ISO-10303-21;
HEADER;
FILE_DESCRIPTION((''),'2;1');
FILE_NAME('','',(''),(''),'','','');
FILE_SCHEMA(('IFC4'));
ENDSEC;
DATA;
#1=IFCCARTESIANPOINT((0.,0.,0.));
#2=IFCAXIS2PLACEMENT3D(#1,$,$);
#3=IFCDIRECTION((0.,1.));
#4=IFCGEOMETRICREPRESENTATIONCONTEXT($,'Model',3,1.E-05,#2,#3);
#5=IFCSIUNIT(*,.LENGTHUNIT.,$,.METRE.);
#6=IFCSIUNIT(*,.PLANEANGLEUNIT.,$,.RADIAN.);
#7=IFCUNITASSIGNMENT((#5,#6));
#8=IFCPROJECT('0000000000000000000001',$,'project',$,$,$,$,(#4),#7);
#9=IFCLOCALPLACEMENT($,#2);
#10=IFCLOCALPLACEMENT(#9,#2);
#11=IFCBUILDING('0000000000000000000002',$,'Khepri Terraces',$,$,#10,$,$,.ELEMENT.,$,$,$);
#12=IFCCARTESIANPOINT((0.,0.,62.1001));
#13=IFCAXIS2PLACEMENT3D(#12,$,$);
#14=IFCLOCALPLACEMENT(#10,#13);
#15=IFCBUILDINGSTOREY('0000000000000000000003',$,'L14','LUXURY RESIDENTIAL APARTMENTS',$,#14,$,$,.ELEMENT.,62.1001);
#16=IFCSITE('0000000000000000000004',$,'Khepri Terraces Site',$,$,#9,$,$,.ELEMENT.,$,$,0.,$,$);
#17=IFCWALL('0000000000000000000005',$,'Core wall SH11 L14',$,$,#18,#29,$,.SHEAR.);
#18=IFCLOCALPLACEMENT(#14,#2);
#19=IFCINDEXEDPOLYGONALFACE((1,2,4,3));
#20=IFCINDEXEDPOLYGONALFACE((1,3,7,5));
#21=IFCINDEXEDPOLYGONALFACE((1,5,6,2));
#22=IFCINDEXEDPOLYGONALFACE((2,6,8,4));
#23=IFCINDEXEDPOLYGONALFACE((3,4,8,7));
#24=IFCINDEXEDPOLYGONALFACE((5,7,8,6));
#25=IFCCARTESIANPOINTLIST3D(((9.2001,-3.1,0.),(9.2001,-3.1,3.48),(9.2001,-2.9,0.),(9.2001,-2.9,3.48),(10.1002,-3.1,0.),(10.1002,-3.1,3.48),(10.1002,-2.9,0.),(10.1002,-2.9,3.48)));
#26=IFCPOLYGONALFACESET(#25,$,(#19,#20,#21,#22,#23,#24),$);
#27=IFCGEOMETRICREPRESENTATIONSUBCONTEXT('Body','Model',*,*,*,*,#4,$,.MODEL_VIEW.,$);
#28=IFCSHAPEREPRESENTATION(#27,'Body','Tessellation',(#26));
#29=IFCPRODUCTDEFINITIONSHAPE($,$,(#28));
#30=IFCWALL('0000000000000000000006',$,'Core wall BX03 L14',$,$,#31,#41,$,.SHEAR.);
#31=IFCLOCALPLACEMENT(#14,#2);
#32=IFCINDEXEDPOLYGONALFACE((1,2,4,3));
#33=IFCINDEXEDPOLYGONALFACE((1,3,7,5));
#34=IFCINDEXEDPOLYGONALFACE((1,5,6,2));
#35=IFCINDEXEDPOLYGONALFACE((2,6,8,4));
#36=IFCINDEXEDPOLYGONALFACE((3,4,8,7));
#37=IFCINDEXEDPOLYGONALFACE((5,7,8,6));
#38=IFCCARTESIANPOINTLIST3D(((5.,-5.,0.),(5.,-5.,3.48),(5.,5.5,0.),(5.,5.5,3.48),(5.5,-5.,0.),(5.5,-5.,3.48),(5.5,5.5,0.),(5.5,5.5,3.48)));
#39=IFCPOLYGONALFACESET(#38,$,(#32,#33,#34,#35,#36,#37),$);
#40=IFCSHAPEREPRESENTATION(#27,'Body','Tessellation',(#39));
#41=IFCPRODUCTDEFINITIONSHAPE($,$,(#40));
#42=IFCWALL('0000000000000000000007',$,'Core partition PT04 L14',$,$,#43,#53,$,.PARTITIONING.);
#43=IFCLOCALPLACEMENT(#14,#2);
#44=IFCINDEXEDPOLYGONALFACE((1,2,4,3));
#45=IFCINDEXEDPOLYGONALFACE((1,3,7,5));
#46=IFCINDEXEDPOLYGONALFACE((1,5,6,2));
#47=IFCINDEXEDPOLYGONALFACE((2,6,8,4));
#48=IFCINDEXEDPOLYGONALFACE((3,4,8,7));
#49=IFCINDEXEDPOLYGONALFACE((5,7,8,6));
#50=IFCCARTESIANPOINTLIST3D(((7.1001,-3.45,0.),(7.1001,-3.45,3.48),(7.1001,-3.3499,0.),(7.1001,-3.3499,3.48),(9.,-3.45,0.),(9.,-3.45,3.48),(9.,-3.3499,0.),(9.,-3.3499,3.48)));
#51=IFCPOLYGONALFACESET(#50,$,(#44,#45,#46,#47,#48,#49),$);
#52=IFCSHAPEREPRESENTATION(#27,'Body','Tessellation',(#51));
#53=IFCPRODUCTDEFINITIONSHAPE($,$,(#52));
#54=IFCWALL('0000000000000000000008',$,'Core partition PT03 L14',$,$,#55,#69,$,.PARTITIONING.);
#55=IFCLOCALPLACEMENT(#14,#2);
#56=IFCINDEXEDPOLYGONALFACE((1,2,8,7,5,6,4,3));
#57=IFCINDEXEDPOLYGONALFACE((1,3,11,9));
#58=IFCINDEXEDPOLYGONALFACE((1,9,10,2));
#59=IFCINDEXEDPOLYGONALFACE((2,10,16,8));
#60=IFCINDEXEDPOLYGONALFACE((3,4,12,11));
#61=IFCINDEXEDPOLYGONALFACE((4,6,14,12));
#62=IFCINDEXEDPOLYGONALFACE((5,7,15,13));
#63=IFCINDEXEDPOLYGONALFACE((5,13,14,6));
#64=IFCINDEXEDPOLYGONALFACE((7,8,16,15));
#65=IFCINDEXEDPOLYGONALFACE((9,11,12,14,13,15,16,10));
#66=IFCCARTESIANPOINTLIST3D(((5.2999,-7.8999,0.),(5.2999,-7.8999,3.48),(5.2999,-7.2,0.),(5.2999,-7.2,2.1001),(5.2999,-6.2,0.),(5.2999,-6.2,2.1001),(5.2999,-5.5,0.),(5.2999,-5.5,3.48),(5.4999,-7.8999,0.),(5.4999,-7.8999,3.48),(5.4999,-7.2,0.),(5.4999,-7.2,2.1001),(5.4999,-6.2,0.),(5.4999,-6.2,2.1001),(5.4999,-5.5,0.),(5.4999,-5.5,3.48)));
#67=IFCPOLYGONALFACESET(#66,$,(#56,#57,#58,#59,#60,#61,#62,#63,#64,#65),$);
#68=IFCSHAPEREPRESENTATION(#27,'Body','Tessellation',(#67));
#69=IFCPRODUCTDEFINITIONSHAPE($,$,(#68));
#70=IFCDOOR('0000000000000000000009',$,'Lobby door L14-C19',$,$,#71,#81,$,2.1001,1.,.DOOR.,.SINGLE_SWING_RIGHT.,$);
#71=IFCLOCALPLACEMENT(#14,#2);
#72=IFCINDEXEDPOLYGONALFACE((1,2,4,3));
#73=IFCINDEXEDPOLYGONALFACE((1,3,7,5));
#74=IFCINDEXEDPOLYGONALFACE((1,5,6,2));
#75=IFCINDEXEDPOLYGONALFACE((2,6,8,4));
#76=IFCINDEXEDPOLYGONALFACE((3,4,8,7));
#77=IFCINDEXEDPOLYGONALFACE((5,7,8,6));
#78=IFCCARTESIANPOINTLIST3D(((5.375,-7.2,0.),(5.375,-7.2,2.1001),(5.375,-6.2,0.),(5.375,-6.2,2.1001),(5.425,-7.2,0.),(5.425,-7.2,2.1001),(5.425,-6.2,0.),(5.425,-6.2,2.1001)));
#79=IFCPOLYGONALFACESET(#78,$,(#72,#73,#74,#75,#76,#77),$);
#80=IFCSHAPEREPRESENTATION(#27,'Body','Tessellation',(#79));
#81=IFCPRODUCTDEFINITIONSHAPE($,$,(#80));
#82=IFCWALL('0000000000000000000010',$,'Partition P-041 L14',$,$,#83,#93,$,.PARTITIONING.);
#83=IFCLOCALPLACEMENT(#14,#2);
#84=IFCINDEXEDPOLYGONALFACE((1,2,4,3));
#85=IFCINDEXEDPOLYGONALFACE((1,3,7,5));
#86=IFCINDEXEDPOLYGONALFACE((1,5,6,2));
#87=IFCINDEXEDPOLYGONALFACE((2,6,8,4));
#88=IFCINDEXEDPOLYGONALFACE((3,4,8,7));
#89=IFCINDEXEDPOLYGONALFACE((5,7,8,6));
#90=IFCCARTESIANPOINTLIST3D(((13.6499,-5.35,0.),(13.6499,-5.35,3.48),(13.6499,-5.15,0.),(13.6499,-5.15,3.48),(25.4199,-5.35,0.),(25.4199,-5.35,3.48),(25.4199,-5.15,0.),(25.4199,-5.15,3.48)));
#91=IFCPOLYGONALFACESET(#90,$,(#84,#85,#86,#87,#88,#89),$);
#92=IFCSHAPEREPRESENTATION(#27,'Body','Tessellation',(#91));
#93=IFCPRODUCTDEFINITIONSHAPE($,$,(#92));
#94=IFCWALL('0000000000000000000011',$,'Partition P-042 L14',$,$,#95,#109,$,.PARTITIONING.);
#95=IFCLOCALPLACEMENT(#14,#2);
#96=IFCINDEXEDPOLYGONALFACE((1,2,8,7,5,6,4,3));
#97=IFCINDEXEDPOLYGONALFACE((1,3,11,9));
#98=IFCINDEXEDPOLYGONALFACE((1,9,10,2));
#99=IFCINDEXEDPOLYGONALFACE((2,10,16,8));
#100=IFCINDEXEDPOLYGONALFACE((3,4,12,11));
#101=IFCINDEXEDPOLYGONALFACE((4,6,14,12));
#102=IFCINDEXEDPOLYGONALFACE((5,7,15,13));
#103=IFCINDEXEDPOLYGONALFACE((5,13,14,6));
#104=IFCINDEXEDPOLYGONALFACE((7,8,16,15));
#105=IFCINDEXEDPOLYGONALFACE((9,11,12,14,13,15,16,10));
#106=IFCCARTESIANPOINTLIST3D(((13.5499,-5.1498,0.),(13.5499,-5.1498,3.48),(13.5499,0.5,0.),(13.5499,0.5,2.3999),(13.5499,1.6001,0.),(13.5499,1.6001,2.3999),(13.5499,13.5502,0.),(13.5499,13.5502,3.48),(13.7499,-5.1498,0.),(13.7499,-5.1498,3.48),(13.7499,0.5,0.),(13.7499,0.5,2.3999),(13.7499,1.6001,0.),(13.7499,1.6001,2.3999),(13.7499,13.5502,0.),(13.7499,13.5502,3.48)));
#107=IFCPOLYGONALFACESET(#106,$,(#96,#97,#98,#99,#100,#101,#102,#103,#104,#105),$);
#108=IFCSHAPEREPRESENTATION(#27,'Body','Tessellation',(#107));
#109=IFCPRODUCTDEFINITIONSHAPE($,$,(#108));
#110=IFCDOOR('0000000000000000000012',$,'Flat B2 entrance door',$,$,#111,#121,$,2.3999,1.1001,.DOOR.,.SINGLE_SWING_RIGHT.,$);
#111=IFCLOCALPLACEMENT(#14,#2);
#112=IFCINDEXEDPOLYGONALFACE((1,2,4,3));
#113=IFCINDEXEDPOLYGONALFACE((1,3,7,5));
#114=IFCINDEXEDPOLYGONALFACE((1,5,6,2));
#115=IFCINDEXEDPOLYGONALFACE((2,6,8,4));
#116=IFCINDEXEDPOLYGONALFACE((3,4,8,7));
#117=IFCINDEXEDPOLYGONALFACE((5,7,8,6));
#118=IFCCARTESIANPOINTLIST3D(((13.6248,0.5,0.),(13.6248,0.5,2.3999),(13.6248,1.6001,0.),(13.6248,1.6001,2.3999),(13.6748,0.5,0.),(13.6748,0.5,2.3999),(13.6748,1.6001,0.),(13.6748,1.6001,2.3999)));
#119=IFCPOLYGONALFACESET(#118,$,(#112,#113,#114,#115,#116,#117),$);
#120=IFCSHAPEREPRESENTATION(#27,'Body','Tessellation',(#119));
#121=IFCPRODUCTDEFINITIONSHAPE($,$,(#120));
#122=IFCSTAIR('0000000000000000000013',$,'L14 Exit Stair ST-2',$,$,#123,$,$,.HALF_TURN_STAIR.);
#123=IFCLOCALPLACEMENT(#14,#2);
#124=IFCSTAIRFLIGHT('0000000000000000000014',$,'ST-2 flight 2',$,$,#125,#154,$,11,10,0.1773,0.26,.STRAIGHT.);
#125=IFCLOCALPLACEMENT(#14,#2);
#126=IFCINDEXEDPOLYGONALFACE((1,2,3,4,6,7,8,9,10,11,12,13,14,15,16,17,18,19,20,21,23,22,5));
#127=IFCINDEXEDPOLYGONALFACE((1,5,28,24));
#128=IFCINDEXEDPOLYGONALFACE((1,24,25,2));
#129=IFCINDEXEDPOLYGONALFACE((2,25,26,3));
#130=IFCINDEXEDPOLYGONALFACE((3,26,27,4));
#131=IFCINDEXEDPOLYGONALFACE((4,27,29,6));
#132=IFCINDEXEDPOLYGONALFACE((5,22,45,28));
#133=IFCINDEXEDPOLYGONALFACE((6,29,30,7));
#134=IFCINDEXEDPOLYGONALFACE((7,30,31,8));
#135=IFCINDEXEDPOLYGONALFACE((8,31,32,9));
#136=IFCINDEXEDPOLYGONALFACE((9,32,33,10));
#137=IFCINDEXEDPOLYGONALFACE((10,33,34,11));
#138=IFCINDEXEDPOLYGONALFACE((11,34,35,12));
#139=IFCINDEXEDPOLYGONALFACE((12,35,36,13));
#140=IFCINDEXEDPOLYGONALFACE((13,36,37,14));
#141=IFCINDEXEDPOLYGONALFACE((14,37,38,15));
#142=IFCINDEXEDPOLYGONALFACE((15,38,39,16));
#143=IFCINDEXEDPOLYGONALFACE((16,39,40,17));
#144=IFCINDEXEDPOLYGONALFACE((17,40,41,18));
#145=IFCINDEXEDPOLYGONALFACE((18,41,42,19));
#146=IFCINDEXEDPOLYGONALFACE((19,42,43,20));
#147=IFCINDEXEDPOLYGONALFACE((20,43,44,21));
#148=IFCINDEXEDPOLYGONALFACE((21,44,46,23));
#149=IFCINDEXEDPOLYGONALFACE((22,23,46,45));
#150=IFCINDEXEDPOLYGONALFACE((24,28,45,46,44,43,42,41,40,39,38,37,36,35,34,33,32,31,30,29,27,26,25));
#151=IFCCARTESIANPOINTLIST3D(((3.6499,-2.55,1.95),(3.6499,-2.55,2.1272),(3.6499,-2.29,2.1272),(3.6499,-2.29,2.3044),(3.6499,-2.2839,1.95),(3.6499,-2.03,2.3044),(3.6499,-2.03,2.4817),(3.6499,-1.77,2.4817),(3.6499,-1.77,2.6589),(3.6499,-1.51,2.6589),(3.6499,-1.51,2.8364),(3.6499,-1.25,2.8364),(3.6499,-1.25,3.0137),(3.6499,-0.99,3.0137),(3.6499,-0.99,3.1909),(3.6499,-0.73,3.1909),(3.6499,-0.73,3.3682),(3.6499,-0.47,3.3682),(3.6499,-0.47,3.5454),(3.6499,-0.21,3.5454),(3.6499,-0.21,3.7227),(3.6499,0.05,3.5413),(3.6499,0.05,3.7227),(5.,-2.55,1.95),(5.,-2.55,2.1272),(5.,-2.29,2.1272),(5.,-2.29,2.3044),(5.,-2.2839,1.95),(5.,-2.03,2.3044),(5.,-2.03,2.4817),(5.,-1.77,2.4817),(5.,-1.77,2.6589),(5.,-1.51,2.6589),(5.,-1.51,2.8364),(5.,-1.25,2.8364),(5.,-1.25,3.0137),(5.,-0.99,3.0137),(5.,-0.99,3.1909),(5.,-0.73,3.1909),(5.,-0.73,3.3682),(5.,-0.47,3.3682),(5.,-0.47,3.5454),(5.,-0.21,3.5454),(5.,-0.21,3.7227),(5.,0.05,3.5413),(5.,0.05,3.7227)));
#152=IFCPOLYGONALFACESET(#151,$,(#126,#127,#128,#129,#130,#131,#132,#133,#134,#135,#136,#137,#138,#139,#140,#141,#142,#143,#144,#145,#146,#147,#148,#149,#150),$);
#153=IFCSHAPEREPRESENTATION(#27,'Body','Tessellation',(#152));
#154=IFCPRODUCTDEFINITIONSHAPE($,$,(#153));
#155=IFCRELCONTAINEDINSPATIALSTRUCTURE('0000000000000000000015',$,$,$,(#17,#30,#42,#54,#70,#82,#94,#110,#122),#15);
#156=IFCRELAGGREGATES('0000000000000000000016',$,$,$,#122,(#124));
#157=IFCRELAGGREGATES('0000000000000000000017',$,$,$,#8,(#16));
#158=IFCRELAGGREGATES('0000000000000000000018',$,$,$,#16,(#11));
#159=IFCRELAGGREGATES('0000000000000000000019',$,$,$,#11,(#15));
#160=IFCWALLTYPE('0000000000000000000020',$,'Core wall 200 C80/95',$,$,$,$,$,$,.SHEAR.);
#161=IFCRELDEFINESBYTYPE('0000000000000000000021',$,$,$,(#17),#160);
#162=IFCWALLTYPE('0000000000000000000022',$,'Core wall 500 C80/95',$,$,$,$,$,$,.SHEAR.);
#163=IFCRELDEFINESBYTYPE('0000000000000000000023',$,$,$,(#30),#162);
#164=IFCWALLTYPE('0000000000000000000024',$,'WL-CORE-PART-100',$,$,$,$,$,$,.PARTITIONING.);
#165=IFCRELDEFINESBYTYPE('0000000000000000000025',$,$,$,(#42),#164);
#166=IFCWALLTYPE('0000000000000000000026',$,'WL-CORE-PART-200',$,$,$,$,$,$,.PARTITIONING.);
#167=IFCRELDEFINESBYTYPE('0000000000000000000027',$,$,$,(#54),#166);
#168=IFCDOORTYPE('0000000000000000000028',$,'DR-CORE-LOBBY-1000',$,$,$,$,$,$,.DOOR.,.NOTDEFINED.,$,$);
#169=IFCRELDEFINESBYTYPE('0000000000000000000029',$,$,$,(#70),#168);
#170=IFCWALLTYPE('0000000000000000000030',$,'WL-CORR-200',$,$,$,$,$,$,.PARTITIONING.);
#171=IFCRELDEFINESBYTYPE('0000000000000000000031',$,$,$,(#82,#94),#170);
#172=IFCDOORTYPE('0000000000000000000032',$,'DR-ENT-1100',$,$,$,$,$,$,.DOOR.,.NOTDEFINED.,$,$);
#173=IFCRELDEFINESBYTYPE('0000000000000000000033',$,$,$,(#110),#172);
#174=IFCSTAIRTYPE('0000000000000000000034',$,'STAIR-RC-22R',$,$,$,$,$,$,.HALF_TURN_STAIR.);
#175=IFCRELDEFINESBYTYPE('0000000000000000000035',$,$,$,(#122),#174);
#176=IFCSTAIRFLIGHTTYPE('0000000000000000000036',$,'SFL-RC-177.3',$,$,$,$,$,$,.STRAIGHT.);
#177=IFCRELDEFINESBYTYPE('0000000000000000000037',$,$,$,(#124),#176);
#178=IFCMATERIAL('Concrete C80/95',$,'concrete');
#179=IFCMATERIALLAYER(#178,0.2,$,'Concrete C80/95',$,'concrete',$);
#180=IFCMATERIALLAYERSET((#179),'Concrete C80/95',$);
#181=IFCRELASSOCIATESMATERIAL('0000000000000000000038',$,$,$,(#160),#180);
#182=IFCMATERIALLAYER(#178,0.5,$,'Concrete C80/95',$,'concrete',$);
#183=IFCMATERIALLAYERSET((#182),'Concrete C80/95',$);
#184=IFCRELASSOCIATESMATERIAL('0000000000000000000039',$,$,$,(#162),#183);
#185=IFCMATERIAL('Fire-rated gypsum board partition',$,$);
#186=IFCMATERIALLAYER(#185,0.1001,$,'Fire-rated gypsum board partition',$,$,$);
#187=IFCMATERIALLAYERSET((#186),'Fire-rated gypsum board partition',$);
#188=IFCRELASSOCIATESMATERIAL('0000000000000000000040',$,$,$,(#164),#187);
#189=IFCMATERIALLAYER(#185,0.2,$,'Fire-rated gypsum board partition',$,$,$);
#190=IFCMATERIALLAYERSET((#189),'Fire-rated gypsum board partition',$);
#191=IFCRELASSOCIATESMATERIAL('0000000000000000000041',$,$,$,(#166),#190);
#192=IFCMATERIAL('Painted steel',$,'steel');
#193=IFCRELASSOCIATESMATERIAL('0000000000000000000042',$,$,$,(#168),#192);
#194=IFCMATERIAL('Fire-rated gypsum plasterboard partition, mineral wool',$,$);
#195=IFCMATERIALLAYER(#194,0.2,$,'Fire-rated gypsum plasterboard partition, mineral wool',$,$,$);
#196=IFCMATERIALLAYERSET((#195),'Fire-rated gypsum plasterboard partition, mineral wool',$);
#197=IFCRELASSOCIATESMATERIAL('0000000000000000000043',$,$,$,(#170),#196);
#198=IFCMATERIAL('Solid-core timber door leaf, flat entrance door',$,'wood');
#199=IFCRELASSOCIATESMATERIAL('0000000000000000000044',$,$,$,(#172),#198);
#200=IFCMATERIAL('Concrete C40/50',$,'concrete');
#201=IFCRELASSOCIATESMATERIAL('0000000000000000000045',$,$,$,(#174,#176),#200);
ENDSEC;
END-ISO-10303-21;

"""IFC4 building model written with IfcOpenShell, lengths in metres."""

from ifc_helpers import new_model, si_unit, direction, frame, frame_2d, origin, place, context, subcontext, project, spatial, polyline, rectangle, outline, extrude, material, layer, layer_set, type_object, element, fill, aggregate, save


model = new_model("IFC4")

# Units and contexts
model_context = context("Model", 3, precision=1e-05, world=origin(), true_north=direction((0.0, 1.0)))
body_context = subcontext(model_context, "Body", "Model", "MODEL_VIEW")
ifc_project = project(units=[si_unit("LENGTHUNIT", "METRE"), si_unit("PLANEANGLEUNIT", "RADIAN")], contexts=[model_context])

# Site, building, storey
site_placement = place(None, origin())
site = spatial("IfcSite", under=ifc_project, at=site_placement, Name="Khepri Terraces Site", CompositionType="ELEMENT", RefElevation=0.0)
building_placement = place(site_placement, origin())
building = spatial("IfcBuilding", under=site, at=building_placement, Name="Khepri Terraces", CompositionType="ELEMENT")
storey_placement = place(building_placement, frame((0.0, 0.0, 62.1001)))
storey = spatial("IfcBuildingStorey", under=building, at=storey_placement, Name="L14", Description="LUXURY RESIDENTIAL APARTMENTS", CompositionType="ELEMENT", Elevation=62.1001)

# Shared definitions
ifc_material_1 = material(Name="Concrete C40/50", Category="concrete")

# Shared definitions
ifc_material_2 = material(Name="Concrete C80/95", Category="concrete")
ifc_layer_1 = layer(ifc_material_2, 0.2, Name="Concrete C80/95", Category="concrete")
ifc_layer_set_1 = layer_set([ifc_layer_1], Name="Concrete C80/95")
wall_type_1 = type_object("IfcWallType", Name="Core wall 200 C80/95", PredefinedType="SHEAR", material=ifc_layer_set_1)
ifc_material_3 = material(Name="Painted steel", Category="steel")

# Walls
wall_1_placement = place(storey_placement, frame((9.2, -3.0, 0.0), z_axis=(0.0, 0.0, 1.0), x_axis=(1.0, 0.0, 0.0)))
element("IfcWall", 1, at=wall_1_placement, inside=storey, type_object=wall_type_1, Name="Core wall SH11 L14", PredefinedType="SHEAR", context=body_context, shape_type="SweptSolid", body=[
    extrude(rectangle(XDim=0.9001, YDim=0.2, at=frame_2d((0.4502, 0.0))), origin(), (0.0, 0.0, 1.0), 3.48),
])
ifc_layer_2 = layer(ifc_material_2, 0.5, Name="Concrete C80/95", Category="concrete")
ifc_layer_set_2 = layer_set([ifc_layer_2], Name="Concrete C80/95")
wall_type_2 = type_object("IfcWallType", Name="Core wall 500 C80/95", PredefinedType="SHEAR", material=ifc_layer_set_2)
wall_2_placement = place(storey_placement, frame((5.25, -5.0, 0.0), z_axis=(0.0, 0.0, 1.0), x_axis=(0.0, 1.0, 0.0)))
element("IfcWall", 2, at=wall_2_placement, inside=storey, type_object=wall_type_2, Name="Core wall BX03 L14", PredefinedType="SHEAR", context=body_context, shape_type="SweptSolid", body=[
    extrude(rectangle(XDim=10.5, YDim=0.5, at=frame_2d((5.25, 0.0))), origin(), (0.0, 0.0, 1.0), 3.48),
])
ifc_material_4 = material(Name="Fire-rated gypsum board partition")
ifc_layer_3 = layer(ifc_material_4, 0.1001, Name="Fire-rated gypsum board partition")
ifc_layer_set_3 = layer_set([ifc_layer_3], Name="Fire-rated gypsum board partition")
wall_type_3 = type_object("IfcWallType", Name="WL-CORE-PART-100", PredefinedType="PARTITIONING", material=ifc_layer_set_3)
wall_3_placement = place(storey_placement, frame((7.1001, -3.3999, 0.0), z_axis=(0.0, 0.0, 1.0), x_axis=(1.0, 0.0, 0.0)))
element("IfcWall", 3, at=wall_3_placement, inside=storey, type_object=wall_type_3, Name="Core partition PT04 L14", PredefinedType="PARTITIONING", context=body_context, shape_type="SweptSolid", body=[
    extrude(rectangle(XDim=1.8999, YDim=0.1001, at=frame_2d((0.95, 0.0))), origin(), (0.0, 0.0, 1.0), 3.48),
])

# Wall, opening, door
ifc_layer_4 = layer(ifc_material_4, 0.2, Name="Fire-rated gypsum board partition")
ifc_layer_set_4 = layer_set([ifc_layer_4], Name="Fire-rated gypsum board partition")
wall_type_4 = type_object("IfcWallType", Name="WL-CORE-PART-200", PredefinedType="PARTITIONING", material=ifc_layer_set_4)
wall_4_placement = place(storey_placement, frame((5.3999, -7.8999, 0.0), z_axis=(0.0, 0.0, 1.0), x_axis=(0.0, 1.0, 0.0)))
wall_4 = element("IfcWall", 4, at=wall_4_placement, inside=storey, type_object=wall_type_4, Name="Core partition PT03 L14", PredefinedType="PARTITIONING", context=body_context, shape_type="SweptSolid", body=[
    extrude(rectangle(XDim=2.3999, YDim=0.2, at=frame_2d((1.2, 0.0))), origin(), (0.0, 0.0, 1.0), 3.48),
])
opening_1_placement = place(wall_4_placement, frame((0.7, 0.0, 0.0)))
opening_1 = element("IfcOpeningElement", 5, at=opening_1_placement, cuts=wall_4, PredefinedType="OPENING", context=body_context, shape_type="SweptSolid", body=[
    extrude(rectangle(XDim=1.0, YDim=2.1001, at=frame_2d((0.5, 1.05))), frame((0.0, 0.1099, 0.0), z_axis=(0.0, -1.0, 0.0), x_axis=(1.0, 0.0, 0.0)), (0.0, 0.0, 1.0), 0.22),
])
door_type_1 = type_object("IfcDoorType", Name="DR-CORE-LOBBY-1000", OperationType="NOTDEFINED", PredefinedType="DOOR", material=ifc_material_3)
door_1_placement = place(opening_1_placement, origin())
door_1 = element("IfcDoor", 6, at=door_1_placement, inside=storey, type_object=door_type_1, Name="Lobby door L14-C19", OperationType="SINGLE_SWING_RIGHT", OverallHeight=2.1001, OverallWidth=1.0, PredefinedType="DOOR", context=body_context, shape_type="SweptSolid", body=[
    extrude(rectangle(XDim=1.0, YDim=2.1001, at=frame_2d((0.5, 1.05))), frame((0.0, 0.0249, 0.0), z_axis=(0.0, -1.0, 0.0), x_axis=(1.0, 0.0, 0.0)), (0.0, 0.0, 1.0), 0.05),
])
fill(opening_1, door_1)

# Wall
ifc_material_5 = material(Name="Fire-rated gypsum plasterboard partition, mineral wool")
ifc_layer_5 = layer(ifc_material_5, 0.2, Name="Fire-rated gypsum plasterboard partition, mineral wool")
ifc_layer_set_5 = layer_set([ifc_layer_5], Name="Fire-rated gypsum plasterboard partition, mineral wool")
wall_type_5 = type_object("IfcWallType", Name="WL-CORR-200", PredefinedType="PARTITIONING", material=ifc_layer_set_5)
wall_5_placement = place(storey_placement, frame((13.6499, -5.25, 0.0), z_axis=(0.0, 0.0, 1.0), x_axis=(1.0, 0.0, 0.0)))
element("IfcWall", 7, at=wall_5_placement, inside=storey, type_object=wall_type_5, Name="Partition P-041 L14", PredefinedType="PARTITIONING", context=body_context, shape_type="SweptSolid", body=[
    extrude(rectangle(XDim=11.77, YDim=0.2, at=frame_2d((5.885, 0.0))), origin(), (0.0, 0.0, 1.0), 3.48),
])

# Wall, opening, door
wall_6_placement = place(storey_placement, frame((13.6499, -5.1499, 0.0), z_axis=(0.0, 0.0, 1.0), x_axis=(0.0, 1.0, 0.0)))
wall_6 = element("IfcWall", 8, at=wall_6_placement, inside=storey, type_object=wall_type_5, Name="Partition P-042 L14", PredefinedType="PARTITIONING", context=body_context, shape_type="SweptSolid", body=[
    extrude(rectangle(XDim=18.7, YDim=0.2, at=frame_2d((9.3501, 0.0))), origin(), (0.0, 0.0, 1.0), 3.48),
])
opening_2_placement = place(wall_6_placement, frame((5.6499, 0.0, 0.0)))
opening_2 = element("IfcOpeningElement", 9, at=opening_2_placement, cuts=wall_6, PredefinedType="OPENING", context=body_context, shape_type="SweptSolid", body=[
    extrude(rectangle(XDim=1.1001, YDim=2.3999, at=frame_2d((0.55, 1.2))), frame((0.0, 0.1099, 0.0), z_axis=(0.0, -1.0, 0.0), x_axis=(1.0, 0.0, 0.0)), (0.0, 0.0, 1.0), 0.22),
])
ifc_material_6 = material(Name="Solid-core timber door leaf, flat entrance door", Category="wood")
door_type_2 = type_object("IfcDoorType", Name="DR-ENT-1100", OperationType="NOTDEFINED", PredefinedType="DOOR", material=ifc_material_6)
door_2_placement = place(opening_2_placement, frame((1.1001, 0.0, 0.0), z_axis=(0.0, 0.0, 1.0), x_axis=(-1.0, 0.0, 0.0)))
door_2 = element("IfcDoor", 10, at=door_2_placement, inside=storey, type_object=door_type_2, Name="Flat B2 entrance door", OperationType="SINGLE_SWING_RIGHT", OverallHeight=2.3999, OverallWidth=1.1001, PredefinedType="DOOR", context=body_context, shape_type="SweptSolid", body=[
    extrude(rectangle(XDim=1.1001, YDim=2.3999, at=frame_2d((0.55, 1.2))), frame((0.0, 0.0249, 0.0), z_axis=(0.0, -1.0, 0.0), x_axis=(1.0, 0.0, 0.0)), (0.0, 0.0, 1.0), 0.05),
])
fill(opening_2, door_2)

# Stair, stair flight
stair_type = type_object("IfcStairType", Name="STAIR-RC-22R", PredefinedType="HALF_TURN_STAIR", material=ifc_material_1)
stair_placement = place(storey_placement, origin())
stair = element("IfcStair", 11, at=stair_placement, inside=storey, type_object=stair_type, Name="L14 Exit Stair ST-2", PredefinedType="HALF_TURN_STAIR")
stair_flight_type = type_object("IfcStairFlightType", Name="SFL-RC-177.3", PredefinedType="STRAIGHT", material=ifc_material_1)
stair_flight_placement = place(storey_placement, frame((4.325, -2.55, 1.95), z_axis=(0.0, 0.0, 1.0), x_axis=(0.0, 1.0, 0.0)))
stair_flight = element("IfcStairFlight", 12, at=stair_flight_placement, type_object=stair_flight_type, Name="ST-2 flight 2", NumberOfRisers=11, NumberOfTreads=10, PredefinedType="STRAIGHT", RiserHeight=0.1773, TreadLength=0.26, context=body_context, shape_type="SweptSolid", body=[
    extrude(outline(polyline([(0.0, 0.0), (0.0, 0.1772), (0.26, 0.1772), (0.26, 0.3545), (0.52, 0.3545), (0.52, 0.5317), (0.78, 0.5317), (0.78, 0.709), (1.04, 0.709), (1.04, 0.8865), (1.3, 0.8865), (1.3, 1.0637), (1.5601, 1.0637), (1.5601, 1.241), (1.8201, 1.241), (1.8201, 1.4182), (2.0801, 1.4182), (2.0801, 1.5955), (2.3401, 1.5955), (2.3401, 1.7727), (2.6001, 1.7727), (2.6001, 1.95), (2.6001, 1.5913), (0.2661, 0.0), (0.0, 0.0)])), frame((0.0, 0.675, 0.0), z_axis=(0.0, -1.0, 0.0), x_axis=(1.0, 0.0, 0.0)), (0.0, 0.0, 1.0), 1.3501),
])
aggregate(stair, [stair_flight])

save(model, "model.ifc")
